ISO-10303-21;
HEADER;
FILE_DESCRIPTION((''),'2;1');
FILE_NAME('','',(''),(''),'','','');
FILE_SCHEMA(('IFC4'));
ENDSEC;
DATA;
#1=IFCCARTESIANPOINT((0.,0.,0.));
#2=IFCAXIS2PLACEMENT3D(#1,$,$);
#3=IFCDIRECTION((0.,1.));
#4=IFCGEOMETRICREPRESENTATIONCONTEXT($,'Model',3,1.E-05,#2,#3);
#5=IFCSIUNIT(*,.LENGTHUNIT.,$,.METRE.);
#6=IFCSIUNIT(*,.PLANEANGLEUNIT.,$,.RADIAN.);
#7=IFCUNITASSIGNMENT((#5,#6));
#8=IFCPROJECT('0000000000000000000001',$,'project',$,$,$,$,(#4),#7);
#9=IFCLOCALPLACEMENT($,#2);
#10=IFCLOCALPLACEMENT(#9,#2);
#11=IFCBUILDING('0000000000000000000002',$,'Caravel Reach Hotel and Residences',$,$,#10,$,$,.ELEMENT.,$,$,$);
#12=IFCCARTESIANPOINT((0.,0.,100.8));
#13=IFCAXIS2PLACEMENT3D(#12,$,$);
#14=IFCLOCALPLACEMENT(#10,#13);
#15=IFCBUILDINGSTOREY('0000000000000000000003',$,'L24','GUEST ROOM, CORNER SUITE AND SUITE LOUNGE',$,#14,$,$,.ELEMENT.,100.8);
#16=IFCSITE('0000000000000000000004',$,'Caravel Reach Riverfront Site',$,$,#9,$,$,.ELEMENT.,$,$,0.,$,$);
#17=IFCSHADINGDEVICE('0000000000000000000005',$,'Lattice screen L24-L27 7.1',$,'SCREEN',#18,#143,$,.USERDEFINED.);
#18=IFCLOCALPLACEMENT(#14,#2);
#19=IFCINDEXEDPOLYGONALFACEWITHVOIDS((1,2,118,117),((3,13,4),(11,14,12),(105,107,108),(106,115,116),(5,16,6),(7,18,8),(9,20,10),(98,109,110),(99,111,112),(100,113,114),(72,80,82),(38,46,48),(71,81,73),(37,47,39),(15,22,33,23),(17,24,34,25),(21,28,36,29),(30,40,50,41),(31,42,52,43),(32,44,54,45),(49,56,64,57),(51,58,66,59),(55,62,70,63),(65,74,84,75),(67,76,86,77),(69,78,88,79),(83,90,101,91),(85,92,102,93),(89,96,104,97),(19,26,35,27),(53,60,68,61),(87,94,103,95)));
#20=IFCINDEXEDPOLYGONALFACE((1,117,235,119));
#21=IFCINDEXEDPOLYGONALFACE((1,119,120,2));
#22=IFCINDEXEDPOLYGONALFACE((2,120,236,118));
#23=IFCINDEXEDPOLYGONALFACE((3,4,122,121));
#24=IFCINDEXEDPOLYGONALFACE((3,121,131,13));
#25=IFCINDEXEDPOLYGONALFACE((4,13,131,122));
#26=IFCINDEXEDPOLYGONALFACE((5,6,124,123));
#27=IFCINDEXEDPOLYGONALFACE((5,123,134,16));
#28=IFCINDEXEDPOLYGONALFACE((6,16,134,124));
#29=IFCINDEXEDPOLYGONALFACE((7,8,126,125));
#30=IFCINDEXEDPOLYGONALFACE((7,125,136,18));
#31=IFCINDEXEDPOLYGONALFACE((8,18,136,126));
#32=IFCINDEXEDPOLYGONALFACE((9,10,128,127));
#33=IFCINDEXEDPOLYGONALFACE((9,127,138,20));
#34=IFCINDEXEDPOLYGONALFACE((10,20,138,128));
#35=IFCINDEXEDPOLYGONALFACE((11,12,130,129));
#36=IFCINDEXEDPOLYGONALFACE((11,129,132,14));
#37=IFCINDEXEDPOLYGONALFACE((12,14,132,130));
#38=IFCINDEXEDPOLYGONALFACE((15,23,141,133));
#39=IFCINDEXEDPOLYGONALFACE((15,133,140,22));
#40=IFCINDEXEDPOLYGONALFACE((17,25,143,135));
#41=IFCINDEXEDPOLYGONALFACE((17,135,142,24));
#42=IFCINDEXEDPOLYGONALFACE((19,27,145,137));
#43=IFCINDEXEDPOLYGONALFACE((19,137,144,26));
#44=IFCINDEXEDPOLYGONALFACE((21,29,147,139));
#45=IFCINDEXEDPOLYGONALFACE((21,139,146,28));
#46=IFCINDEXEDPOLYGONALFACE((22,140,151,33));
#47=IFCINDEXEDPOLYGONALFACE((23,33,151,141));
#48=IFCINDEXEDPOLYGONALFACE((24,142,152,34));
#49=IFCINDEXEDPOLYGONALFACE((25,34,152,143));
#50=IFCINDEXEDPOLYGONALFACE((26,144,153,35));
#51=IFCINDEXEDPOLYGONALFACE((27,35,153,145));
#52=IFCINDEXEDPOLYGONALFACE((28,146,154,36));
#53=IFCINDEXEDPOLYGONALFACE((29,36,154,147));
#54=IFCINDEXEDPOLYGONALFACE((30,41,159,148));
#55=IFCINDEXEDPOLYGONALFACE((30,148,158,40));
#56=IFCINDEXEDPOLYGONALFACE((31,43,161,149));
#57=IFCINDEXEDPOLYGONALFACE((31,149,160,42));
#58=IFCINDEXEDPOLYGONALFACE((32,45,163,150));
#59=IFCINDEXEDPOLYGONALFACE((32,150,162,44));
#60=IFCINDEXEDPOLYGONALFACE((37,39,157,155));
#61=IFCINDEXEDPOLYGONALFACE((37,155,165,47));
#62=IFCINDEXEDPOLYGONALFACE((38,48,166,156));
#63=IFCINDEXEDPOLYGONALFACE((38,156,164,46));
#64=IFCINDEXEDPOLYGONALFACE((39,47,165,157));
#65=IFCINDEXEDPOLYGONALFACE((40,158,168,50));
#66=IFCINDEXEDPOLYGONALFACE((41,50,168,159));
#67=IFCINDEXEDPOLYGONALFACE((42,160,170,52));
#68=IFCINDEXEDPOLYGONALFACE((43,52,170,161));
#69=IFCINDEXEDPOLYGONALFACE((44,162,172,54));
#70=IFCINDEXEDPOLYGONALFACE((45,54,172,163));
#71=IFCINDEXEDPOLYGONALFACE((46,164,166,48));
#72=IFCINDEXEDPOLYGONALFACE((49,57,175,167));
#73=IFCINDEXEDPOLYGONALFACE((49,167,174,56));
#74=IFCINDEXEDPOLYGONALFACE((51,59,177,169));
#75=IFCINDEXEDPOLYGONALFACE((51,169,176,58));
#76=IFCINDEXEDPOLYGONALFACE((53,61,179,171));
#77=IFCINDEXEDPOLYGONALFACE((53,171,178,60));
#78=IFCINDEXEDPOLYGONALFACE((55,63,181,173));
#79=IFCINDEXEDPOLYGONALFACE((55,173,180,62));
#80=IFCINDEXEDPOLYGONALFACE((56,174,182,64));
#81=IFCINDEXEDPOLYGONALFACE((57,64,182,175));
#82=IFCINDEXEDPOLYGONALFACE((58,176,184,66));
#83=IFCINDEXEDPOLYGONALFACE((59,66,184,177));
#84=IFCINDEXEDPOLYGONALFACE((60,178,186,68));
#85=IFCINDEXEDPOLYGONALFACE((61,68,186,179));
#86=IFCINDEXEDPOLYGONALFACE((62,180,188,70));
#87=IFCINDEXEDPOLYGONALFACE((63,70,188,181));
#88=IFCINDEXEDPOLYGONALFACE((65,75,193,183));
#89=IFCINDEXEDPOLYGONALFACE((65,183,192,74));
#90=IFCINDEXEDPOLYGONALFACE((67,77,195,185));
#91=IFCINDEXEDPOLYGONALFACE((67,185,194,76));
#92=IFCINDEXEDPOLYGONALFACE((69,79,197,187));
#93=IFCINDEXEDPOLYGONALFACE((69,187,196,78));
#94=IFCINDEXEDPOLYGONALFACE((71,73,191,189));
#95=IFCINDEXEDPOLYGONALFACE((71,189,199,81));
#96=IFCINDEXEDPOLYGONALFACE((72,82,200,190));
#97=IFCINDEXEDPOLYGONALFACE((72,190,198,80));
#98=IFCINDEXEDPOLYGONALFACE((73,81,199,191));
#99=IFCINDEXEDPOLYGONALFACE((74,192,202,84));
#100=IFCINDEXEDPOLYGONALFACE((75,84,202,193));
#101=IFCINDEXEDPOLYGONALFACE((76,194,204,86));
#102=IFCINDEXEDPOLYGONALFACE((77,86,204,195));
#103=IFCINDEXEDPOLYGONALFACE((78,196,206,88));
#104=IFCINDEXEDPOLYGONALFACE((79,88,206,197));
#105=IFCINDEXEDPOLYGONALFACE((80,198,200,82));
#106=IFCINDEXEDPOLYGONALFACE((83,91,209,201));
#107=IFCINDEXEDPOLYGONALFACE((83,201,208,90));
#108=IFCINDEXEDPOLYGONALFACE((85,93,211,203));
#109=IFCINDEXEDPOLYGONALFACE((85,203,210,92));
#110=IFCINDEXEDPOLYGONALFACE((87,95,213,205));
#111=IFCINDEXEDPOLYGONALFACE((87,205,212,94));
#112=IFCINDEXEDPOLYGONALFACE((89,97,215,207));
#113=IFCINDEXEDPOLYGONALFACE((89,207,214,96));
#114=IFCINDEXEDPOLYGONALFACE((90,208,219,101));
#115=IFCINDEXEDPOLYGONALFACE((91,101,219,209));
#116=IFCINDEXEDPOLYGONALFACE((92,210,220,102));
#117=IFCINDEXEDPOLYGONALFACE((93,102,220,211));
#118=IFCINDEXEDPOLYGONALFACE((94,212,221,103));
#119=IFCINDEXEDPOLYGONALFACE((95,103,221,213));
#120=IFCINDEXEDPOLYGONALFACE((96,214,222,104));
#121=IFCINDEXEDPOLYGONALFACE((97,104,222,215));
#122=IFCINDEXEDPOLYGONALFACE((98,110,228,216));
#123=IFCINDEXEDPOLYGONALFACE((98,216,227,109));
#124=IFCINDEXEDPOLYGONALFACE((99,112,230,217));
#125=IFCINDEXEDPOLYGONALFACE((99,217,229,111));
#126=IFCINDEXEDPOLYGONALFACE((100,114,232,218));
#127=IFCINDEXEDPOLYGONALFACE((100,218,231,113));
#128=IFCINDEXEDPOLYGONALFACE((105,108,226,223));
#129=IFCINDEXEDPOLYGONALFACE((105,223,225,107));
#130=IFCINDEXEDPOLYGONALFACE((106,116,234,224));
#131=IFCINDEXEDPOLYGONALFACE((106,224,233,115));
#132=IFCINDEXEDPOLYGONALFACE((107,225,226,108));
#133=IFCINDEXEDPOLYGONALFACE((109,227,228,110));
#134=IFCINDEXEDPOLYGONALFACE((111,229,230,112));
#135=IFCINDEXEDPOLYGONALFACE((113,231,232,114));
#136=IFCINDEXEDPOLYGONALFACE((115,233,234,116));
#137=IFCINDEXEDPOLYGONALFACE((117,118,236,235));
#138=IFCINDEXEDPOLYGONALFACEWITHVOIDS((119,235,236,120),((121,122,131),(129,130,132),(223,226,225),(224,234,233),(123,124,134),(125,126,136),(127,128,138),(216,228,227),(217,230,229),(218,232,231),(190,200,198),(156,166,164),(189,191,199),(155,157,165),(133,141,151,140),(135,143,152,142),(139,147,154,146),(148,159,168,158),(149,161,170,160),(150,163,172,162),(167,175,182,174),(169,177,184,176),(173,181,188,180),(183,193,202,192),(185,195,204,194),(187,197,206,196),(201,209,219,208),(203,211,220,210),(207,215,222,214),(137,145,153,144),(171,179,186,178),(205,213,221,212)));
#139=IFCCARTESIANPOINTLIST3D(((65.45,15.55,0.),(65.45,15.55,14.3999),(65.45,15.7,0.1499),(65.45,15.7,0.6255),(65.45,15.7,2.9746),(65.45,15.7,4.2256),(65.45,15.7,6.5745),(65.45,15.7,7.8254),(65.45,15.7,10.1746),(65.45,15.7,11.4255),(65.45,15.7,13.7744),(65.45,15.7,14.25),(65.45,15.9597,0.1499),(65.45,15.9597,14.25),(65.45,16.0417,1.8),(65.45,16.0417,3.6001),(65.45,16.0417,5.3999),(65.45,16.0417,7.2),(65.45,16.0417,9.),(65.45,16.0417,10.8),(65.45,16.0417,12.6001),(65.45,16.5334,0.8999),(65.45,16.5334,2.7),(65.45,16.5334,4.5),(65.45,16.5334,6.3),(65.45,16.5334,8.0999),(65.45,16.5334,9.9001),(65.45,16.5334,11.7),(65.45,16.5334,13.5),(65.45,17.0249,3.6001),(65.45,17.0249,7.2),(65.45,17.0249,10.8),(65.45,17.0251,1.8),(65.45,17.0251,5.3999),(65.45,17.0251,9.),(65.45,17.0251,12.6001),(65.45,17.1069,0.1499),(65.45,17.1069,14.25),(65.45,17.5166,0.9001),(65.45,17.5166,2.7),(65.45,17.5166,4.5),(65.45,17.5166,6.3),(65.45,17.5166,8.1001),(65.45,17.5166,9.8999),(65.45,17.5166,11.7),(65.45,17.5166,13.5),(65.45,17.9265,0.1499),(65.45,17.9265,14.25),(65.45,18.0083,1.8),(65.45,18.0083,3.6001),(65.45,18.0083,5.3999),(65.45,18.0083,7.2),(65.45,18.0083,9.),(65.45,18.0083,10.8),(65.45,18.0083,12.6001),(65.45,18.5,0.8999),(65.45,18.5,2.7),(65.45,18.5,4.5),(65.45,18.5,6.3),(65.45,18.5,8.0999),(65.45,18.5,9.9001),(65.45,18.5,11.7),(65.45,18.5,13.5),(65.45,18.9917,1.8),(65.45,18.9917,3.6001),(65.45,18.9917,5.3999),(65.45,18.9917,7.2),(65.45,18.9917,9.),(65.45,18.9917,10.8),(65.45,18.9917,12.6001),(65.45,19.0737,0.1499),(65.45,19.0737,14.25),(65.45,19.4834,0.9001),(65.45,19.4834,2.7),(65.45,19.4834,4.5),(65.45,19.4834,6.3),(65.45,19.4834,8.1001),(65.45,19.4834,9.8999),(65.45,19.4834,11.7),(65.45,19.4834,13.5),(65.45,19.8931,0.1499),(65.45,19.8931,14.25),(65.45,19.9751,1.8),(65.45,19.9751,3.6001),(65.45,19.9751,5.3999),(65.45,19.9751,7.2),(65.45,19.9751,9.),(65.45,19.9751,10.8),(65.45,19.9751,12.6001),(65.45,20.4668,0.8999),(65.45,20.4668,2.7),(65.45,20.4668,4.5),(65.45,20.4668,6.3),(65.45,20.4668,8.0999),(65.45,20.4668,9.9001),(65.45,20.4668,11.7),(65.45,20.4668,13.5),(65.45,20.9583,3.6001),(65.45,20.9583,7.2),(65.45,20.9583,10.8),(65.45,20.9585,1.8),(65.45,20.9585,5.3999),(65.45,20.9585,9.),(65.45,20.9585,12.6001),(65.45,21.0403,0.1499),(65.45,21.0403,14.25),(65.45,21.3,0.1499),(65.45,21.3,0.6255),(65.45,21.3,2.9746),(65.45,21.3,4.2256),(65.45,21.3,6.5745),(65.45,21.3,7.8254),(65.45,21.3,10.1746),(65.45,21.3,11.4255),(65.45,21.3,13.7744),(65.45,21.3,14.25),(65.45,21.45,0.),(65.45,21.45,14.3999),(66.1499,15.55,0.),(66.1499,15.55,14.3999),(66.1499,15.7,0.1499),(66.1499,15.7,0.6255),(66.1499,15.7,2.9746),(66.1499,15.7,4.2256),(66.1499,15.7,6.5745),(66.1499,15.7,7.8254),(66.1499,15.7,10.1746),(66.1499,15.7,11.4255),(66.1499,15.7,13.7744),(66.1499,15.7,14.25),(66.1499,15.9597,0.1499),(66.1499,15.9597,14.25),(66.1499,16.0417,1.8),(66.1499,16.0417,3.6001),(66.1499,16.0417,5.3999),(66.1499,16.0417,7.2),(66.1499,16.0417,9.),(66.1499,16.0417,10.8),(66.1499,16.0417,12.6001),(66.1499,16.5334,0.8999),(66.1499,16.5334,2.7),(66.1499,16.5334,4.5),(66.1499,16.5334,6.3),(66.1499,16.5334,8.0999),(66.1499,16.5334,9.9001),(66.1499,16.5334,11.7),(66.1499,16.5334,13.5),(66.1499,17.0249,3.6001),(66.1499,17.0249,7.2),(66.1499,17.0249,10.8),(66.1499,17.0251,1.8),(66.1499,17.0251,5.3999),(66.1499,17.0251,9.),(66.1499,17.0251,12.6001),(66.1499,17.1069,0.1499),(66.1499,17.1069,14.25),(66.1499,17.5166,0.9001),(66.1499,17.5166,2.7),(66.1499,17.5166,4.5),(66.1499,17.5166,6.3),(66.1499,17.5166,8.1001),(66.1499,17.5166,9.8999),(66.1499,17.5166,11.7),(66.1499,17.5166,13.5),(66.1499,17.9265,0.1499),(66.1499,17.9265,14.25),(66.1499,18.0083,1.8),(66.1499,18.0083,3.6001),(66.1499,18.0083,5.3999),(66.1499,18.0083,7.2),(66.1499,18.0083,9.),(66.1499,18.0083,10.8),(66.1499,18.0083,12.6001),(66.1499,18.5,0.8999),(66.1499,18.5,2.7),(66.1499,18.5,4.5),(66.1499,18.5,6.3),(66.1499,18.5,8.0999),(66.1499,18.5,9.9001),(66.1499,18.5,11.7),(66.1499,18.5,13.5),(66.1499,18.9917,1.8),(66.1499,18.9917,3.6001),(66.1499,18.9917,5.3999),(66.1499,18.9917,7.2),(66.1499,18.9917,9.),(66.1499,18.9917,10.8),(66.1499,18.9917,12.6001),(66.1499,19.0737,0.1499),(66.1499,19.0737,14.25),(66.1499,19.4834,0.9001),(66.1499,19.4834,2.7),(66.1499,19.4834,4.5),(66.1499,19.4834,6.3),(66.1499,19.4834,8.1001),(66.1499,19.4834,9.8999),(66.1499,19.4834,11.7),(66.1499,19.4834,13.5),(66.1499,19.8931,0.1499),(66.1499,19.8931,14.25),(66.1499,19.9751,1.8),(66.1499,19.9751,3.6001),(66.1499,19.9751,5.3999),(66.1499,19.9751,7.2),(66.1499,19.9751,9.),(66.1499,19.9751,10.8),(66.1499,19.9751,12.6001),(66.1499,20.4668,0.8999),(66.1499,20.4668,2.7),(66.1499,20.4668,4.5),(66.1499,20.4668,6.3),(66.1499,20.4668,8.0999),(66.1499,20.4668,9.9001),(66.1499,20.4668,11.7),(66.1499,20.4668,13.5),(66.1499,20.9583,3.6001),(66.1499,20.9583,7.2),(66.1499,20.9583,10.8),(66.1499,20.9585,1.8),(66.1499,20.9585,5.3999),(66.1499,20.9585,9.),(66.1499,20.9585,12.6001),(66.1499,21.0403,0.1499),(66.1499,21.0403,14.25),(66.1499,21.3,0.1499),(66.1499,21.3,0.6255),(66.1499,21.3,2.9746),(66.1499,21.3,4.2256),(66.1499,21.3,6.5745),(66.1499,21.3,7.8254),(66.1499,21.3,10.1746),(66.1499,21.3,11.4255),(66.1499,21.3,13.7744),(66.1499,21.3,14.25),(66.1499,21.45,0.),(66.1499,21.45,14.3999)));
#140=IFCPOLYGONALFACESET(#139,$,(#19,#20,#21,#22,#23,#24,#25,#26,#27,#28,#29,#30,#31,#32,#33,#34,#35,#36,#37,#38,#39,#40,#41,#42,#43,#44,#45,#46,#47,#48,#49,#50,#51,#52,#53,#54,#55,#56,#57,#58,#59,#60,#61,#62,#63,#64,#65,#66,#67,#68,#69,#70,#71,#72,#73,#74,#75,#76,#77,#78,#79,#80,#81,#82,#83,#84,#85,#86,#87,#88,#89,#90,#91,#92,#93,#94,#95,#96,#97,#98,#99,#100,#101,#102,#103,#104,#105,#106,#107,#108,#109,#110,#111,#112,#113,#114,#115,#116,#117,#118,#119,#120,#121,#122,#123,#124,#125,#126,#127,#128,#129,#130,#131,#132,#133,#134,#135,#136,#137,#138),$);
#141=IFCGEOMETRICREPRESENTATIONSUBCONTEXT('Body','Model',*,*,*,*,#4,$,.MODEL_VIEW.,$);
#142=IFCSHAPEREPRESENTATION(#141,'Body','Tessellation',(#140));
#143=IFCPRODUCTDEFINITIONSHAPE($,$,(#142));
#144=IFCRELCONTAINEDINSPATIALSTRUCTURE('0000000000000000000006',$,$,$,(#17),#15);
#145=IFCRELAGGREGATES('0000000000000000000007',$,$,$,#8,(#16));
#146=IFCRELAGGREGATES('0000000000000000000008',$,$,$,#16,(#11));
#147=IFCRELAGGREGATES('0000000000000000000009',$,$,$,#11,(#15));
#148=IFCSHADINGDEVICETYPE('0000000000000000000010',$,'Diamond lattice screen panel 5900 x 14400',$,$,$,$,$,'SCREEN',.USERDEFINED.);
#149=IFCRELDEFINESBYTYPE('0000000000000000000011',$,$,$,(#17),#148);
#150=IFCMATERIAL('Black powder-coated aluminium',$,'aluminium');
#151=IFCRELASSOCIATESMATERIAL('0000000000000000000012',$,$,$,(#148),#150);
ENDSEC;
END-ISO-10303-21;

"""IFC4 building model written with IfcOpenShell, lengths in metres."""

from ifc_helpers import new_model, si_unit, direction, frame, origin, place, context, subcontext, project, spatial, polyline, outline, extrude, material, type_object, element, save


model = new_model("IFC4")

# Units and contexts
model_context = context("Model", 3, precision=1e-05, world=origin(), true_north=direction((0.0, 1.0)))
body_context = subcontext(model_context, "Body", "Model", "MODEL_VIEW")
ifc_project = project(units=[si_unit("LENGTHUNIT", "METRE"), si_unit("PLANEANGLEUNIT", "RADIAN")], contexts=[model_context])

# Site, building, storey
site_placement = place(None, origin())
site = spatial("IfcSite", under=ifc_project, at=site_placement, Name="Caravel Reach Riverfront Site", CompositionType="ELEMENT", RefElevation=0.0)
building_placement = place(site_placement, origin())
building = spatial("IfcBuilding", under=site, at=building_placement, Name="Caravel Reach Hotel and Residences", CompositionType="ELEMENT")
storey_placement = place(building_placement, frame((0.0, 0.0, 100.8)))
storey = spatial("IfcBuildingStorey", under=building, at=storey_placement, Name="L24", Description="GUEST ROOM, CORNER SUITE AND SUITE LOUNGE", CompositionType="ELEMENT", Elevation=100.8)

# Shading device
ifc_material_1 = material(Name="Black powder-coated aluminium", Category="aluminium")
shading_device_type_1 = type_object("IfcShadingDeviceType", Name="Diamond lattice screen panel 5900 x 14400", ElementType="SCREEN", PredefinedType="USERDEFINED", material=ifc_material_1)
shading_device_1_placement = place(storey_placement, frame((65.45, 15.55, 0.0), z_axis=(1.0, 0.0, 0.0), x_axis=(0.0, 1.0, 0.0)))
element("IfcShadingDevice", 1, at=shading_device_1_placement, inside=storey, type_object=shading_device_type_1, Name="Lattice screen L24-L27 7.1", ObjectType="SCREEN", PredefinedType="USERDEFINED", context=body_context, shape_type="SweptSolid", body=[
    extrude(outline(polyline([(0.0, 0.0), (5.8999, 0.0), (5.8999, 14.3999), (0.0, 14.3999), (0.0, 0.0)]), holes=[polyline([(0.4097, 0.1499), (0.1499, 0.6255), (0.1499, 0.1499), (0.4097, 0.1499)]), polyline([(0.4917, 3.6001), (0.1499, 4.2256), (0.1499, 2.9746), (0.4917, 3.6001)]), polyline([(0.4917, 7.2), (0.1499, 7.8254), (0.1499, 6.5745), (0.4917, 7.2)]), polyline([(0.4917, 10.8), (0.1499, 11.4255), (0.1499, 10.1746), (0.4917, 10.8)]), polyline([(0.1499, 13.7744), (0.4097, 14.25), (0.1499, 14.25), (0.1499, 13.7744)]), polyline([(0.9834, 2.7), (0.4917, 1.8), (0.9834, 0.8999), (1.4751, 1.8), (0.9834, 2.7)]), polyline([(0.9834, 6.3), (0.4917, 5.3999), (0.9834, 4.5), (1.4751, 5.3999), (0.9834, 6.3)]), polyline([(0.9834, 9.9001), (0.4917, 9.0), (0.9834, 8.0999), (1.4751, 9.0), (0.9834, 9.9001)]), polyline([(0.9834, 13.5), (0.4917, 12.6001), (0.9834, 11.7), (1.4751, 12.6001), (0.9834, 13.5)]), polyline([(1.9666, 0.9001), (1.5569, 0.1499), (2.3765, 0.1499), (1.9666, 0.9001)]), polyline([(1.9666, 4.5), (1.4749, 3.6001), (1.9666, 2.7), (2.4583, 3.6001), (1.9666, 4.5)]), polyline([(1.9666, 8.1001), (1.4749, 7.2), (1.9666, 6.3), (2.4583, 7.2), (1.9666, 8.1001)]), polyline([(1.9666, 11.7), (1.4749, 10.8), (1.9666, 9.8999), (2.4583, 10.8), (1.9666, 11.7)]), polyline([(1.9666, 13.5), (2.3765, 14.25), (1.5569, 14.25), (1.9666, 13.5)]), polyline([(2.95, 2.7), (2.4583, 1.8), (2.95, 0.8999), (3.4417, 1.8), (2.95, 2.7)]), polyline([(2.95, 6.3), (2.4583, 5.3999), (2.95, 4.5), (3.4417, 5.3999), (2.95, 6.3)]), polyline([(2.95, 9.9001), (2.4583, 9.0), (2.95, 8.0999), (3.4417, 9.0), (2.95, 9.9001)]), polyline([(2.95, 13.5), (2.4583, 12.6001), (2.95, 11.7), (3.4417, 12.6001), (2.95, 13.5)]), polyline([(3.9333, 0.9001), (3.5237, 0.1499), (4.343, 0.1499), (3.9333, 0.9001)]), polyline([(3.9333, 4.5), (3.4417, 3.6001), (3.9333, 2.7), (4.425, 3.6001), (3.9333, 4.5)]), polyline([(3.9333, 8.1001), (3.4417, 7.2), (3.9333, 6.3), (4.425, 7.2), (3.9333, 8.1001)]), polyline([(3.9333, 11.7), (3.4417, 10.8), (3.9333, 9.8999), (4.425, 10.8), (3.9333, 11.7)]), polyline([(3.9333, 13.5), (4.343, 14.25), (3.5237, 14.25), (3.9333, 13.5)]), polyline([(4.9167, 2.7), (4.425, 1.8), (4.9167, 0.8999), (5.4084, 1.8), (4.9167, 2.7)]), polyline([(4.9167, 6.3), (4.425, 5.3999), (4.9167, 4.5), (5.4084, 5.3999), (4.9167, 6.3)]), polyline([(4.9167, 9.9001), (4.425, 9.0), (4.9167, 8.0999), (5.4084, 9.0), (4.9167, 9.9001)]), polyline([(4.9167, 13.5), (4.425, 12.6001), (4.9167, 11.7), (5.4084, 12.6001), (4.9167, 13.5)]), polyline([(5.75, 0.6255), (5.4902, 0.1499), (5.75, 0.1499), (5.75, 0.6255)]), polyline([(5.4082, 3.6001), (5.75, 2.9746), (5.75, 4.2256), (5.4082, 3.6001)]), polyline([(5.4082, 7.2), (5.75, 6.5745), (5.75, 7.8254), (5.4082, 7.2)]), polyline([(5.4082, 10.8), (5.75, 10.1746), (5.75, 11.4255), (5.4082, 10.8)]), polyline([(5.4902, 14.25), (5.75, 13.7744), (5.75, 14.25), (5.4902, 14.25)])]), origin(), (0.0, 0.0, 1.0), 0.7),
])

save(model, "model.ifc")
